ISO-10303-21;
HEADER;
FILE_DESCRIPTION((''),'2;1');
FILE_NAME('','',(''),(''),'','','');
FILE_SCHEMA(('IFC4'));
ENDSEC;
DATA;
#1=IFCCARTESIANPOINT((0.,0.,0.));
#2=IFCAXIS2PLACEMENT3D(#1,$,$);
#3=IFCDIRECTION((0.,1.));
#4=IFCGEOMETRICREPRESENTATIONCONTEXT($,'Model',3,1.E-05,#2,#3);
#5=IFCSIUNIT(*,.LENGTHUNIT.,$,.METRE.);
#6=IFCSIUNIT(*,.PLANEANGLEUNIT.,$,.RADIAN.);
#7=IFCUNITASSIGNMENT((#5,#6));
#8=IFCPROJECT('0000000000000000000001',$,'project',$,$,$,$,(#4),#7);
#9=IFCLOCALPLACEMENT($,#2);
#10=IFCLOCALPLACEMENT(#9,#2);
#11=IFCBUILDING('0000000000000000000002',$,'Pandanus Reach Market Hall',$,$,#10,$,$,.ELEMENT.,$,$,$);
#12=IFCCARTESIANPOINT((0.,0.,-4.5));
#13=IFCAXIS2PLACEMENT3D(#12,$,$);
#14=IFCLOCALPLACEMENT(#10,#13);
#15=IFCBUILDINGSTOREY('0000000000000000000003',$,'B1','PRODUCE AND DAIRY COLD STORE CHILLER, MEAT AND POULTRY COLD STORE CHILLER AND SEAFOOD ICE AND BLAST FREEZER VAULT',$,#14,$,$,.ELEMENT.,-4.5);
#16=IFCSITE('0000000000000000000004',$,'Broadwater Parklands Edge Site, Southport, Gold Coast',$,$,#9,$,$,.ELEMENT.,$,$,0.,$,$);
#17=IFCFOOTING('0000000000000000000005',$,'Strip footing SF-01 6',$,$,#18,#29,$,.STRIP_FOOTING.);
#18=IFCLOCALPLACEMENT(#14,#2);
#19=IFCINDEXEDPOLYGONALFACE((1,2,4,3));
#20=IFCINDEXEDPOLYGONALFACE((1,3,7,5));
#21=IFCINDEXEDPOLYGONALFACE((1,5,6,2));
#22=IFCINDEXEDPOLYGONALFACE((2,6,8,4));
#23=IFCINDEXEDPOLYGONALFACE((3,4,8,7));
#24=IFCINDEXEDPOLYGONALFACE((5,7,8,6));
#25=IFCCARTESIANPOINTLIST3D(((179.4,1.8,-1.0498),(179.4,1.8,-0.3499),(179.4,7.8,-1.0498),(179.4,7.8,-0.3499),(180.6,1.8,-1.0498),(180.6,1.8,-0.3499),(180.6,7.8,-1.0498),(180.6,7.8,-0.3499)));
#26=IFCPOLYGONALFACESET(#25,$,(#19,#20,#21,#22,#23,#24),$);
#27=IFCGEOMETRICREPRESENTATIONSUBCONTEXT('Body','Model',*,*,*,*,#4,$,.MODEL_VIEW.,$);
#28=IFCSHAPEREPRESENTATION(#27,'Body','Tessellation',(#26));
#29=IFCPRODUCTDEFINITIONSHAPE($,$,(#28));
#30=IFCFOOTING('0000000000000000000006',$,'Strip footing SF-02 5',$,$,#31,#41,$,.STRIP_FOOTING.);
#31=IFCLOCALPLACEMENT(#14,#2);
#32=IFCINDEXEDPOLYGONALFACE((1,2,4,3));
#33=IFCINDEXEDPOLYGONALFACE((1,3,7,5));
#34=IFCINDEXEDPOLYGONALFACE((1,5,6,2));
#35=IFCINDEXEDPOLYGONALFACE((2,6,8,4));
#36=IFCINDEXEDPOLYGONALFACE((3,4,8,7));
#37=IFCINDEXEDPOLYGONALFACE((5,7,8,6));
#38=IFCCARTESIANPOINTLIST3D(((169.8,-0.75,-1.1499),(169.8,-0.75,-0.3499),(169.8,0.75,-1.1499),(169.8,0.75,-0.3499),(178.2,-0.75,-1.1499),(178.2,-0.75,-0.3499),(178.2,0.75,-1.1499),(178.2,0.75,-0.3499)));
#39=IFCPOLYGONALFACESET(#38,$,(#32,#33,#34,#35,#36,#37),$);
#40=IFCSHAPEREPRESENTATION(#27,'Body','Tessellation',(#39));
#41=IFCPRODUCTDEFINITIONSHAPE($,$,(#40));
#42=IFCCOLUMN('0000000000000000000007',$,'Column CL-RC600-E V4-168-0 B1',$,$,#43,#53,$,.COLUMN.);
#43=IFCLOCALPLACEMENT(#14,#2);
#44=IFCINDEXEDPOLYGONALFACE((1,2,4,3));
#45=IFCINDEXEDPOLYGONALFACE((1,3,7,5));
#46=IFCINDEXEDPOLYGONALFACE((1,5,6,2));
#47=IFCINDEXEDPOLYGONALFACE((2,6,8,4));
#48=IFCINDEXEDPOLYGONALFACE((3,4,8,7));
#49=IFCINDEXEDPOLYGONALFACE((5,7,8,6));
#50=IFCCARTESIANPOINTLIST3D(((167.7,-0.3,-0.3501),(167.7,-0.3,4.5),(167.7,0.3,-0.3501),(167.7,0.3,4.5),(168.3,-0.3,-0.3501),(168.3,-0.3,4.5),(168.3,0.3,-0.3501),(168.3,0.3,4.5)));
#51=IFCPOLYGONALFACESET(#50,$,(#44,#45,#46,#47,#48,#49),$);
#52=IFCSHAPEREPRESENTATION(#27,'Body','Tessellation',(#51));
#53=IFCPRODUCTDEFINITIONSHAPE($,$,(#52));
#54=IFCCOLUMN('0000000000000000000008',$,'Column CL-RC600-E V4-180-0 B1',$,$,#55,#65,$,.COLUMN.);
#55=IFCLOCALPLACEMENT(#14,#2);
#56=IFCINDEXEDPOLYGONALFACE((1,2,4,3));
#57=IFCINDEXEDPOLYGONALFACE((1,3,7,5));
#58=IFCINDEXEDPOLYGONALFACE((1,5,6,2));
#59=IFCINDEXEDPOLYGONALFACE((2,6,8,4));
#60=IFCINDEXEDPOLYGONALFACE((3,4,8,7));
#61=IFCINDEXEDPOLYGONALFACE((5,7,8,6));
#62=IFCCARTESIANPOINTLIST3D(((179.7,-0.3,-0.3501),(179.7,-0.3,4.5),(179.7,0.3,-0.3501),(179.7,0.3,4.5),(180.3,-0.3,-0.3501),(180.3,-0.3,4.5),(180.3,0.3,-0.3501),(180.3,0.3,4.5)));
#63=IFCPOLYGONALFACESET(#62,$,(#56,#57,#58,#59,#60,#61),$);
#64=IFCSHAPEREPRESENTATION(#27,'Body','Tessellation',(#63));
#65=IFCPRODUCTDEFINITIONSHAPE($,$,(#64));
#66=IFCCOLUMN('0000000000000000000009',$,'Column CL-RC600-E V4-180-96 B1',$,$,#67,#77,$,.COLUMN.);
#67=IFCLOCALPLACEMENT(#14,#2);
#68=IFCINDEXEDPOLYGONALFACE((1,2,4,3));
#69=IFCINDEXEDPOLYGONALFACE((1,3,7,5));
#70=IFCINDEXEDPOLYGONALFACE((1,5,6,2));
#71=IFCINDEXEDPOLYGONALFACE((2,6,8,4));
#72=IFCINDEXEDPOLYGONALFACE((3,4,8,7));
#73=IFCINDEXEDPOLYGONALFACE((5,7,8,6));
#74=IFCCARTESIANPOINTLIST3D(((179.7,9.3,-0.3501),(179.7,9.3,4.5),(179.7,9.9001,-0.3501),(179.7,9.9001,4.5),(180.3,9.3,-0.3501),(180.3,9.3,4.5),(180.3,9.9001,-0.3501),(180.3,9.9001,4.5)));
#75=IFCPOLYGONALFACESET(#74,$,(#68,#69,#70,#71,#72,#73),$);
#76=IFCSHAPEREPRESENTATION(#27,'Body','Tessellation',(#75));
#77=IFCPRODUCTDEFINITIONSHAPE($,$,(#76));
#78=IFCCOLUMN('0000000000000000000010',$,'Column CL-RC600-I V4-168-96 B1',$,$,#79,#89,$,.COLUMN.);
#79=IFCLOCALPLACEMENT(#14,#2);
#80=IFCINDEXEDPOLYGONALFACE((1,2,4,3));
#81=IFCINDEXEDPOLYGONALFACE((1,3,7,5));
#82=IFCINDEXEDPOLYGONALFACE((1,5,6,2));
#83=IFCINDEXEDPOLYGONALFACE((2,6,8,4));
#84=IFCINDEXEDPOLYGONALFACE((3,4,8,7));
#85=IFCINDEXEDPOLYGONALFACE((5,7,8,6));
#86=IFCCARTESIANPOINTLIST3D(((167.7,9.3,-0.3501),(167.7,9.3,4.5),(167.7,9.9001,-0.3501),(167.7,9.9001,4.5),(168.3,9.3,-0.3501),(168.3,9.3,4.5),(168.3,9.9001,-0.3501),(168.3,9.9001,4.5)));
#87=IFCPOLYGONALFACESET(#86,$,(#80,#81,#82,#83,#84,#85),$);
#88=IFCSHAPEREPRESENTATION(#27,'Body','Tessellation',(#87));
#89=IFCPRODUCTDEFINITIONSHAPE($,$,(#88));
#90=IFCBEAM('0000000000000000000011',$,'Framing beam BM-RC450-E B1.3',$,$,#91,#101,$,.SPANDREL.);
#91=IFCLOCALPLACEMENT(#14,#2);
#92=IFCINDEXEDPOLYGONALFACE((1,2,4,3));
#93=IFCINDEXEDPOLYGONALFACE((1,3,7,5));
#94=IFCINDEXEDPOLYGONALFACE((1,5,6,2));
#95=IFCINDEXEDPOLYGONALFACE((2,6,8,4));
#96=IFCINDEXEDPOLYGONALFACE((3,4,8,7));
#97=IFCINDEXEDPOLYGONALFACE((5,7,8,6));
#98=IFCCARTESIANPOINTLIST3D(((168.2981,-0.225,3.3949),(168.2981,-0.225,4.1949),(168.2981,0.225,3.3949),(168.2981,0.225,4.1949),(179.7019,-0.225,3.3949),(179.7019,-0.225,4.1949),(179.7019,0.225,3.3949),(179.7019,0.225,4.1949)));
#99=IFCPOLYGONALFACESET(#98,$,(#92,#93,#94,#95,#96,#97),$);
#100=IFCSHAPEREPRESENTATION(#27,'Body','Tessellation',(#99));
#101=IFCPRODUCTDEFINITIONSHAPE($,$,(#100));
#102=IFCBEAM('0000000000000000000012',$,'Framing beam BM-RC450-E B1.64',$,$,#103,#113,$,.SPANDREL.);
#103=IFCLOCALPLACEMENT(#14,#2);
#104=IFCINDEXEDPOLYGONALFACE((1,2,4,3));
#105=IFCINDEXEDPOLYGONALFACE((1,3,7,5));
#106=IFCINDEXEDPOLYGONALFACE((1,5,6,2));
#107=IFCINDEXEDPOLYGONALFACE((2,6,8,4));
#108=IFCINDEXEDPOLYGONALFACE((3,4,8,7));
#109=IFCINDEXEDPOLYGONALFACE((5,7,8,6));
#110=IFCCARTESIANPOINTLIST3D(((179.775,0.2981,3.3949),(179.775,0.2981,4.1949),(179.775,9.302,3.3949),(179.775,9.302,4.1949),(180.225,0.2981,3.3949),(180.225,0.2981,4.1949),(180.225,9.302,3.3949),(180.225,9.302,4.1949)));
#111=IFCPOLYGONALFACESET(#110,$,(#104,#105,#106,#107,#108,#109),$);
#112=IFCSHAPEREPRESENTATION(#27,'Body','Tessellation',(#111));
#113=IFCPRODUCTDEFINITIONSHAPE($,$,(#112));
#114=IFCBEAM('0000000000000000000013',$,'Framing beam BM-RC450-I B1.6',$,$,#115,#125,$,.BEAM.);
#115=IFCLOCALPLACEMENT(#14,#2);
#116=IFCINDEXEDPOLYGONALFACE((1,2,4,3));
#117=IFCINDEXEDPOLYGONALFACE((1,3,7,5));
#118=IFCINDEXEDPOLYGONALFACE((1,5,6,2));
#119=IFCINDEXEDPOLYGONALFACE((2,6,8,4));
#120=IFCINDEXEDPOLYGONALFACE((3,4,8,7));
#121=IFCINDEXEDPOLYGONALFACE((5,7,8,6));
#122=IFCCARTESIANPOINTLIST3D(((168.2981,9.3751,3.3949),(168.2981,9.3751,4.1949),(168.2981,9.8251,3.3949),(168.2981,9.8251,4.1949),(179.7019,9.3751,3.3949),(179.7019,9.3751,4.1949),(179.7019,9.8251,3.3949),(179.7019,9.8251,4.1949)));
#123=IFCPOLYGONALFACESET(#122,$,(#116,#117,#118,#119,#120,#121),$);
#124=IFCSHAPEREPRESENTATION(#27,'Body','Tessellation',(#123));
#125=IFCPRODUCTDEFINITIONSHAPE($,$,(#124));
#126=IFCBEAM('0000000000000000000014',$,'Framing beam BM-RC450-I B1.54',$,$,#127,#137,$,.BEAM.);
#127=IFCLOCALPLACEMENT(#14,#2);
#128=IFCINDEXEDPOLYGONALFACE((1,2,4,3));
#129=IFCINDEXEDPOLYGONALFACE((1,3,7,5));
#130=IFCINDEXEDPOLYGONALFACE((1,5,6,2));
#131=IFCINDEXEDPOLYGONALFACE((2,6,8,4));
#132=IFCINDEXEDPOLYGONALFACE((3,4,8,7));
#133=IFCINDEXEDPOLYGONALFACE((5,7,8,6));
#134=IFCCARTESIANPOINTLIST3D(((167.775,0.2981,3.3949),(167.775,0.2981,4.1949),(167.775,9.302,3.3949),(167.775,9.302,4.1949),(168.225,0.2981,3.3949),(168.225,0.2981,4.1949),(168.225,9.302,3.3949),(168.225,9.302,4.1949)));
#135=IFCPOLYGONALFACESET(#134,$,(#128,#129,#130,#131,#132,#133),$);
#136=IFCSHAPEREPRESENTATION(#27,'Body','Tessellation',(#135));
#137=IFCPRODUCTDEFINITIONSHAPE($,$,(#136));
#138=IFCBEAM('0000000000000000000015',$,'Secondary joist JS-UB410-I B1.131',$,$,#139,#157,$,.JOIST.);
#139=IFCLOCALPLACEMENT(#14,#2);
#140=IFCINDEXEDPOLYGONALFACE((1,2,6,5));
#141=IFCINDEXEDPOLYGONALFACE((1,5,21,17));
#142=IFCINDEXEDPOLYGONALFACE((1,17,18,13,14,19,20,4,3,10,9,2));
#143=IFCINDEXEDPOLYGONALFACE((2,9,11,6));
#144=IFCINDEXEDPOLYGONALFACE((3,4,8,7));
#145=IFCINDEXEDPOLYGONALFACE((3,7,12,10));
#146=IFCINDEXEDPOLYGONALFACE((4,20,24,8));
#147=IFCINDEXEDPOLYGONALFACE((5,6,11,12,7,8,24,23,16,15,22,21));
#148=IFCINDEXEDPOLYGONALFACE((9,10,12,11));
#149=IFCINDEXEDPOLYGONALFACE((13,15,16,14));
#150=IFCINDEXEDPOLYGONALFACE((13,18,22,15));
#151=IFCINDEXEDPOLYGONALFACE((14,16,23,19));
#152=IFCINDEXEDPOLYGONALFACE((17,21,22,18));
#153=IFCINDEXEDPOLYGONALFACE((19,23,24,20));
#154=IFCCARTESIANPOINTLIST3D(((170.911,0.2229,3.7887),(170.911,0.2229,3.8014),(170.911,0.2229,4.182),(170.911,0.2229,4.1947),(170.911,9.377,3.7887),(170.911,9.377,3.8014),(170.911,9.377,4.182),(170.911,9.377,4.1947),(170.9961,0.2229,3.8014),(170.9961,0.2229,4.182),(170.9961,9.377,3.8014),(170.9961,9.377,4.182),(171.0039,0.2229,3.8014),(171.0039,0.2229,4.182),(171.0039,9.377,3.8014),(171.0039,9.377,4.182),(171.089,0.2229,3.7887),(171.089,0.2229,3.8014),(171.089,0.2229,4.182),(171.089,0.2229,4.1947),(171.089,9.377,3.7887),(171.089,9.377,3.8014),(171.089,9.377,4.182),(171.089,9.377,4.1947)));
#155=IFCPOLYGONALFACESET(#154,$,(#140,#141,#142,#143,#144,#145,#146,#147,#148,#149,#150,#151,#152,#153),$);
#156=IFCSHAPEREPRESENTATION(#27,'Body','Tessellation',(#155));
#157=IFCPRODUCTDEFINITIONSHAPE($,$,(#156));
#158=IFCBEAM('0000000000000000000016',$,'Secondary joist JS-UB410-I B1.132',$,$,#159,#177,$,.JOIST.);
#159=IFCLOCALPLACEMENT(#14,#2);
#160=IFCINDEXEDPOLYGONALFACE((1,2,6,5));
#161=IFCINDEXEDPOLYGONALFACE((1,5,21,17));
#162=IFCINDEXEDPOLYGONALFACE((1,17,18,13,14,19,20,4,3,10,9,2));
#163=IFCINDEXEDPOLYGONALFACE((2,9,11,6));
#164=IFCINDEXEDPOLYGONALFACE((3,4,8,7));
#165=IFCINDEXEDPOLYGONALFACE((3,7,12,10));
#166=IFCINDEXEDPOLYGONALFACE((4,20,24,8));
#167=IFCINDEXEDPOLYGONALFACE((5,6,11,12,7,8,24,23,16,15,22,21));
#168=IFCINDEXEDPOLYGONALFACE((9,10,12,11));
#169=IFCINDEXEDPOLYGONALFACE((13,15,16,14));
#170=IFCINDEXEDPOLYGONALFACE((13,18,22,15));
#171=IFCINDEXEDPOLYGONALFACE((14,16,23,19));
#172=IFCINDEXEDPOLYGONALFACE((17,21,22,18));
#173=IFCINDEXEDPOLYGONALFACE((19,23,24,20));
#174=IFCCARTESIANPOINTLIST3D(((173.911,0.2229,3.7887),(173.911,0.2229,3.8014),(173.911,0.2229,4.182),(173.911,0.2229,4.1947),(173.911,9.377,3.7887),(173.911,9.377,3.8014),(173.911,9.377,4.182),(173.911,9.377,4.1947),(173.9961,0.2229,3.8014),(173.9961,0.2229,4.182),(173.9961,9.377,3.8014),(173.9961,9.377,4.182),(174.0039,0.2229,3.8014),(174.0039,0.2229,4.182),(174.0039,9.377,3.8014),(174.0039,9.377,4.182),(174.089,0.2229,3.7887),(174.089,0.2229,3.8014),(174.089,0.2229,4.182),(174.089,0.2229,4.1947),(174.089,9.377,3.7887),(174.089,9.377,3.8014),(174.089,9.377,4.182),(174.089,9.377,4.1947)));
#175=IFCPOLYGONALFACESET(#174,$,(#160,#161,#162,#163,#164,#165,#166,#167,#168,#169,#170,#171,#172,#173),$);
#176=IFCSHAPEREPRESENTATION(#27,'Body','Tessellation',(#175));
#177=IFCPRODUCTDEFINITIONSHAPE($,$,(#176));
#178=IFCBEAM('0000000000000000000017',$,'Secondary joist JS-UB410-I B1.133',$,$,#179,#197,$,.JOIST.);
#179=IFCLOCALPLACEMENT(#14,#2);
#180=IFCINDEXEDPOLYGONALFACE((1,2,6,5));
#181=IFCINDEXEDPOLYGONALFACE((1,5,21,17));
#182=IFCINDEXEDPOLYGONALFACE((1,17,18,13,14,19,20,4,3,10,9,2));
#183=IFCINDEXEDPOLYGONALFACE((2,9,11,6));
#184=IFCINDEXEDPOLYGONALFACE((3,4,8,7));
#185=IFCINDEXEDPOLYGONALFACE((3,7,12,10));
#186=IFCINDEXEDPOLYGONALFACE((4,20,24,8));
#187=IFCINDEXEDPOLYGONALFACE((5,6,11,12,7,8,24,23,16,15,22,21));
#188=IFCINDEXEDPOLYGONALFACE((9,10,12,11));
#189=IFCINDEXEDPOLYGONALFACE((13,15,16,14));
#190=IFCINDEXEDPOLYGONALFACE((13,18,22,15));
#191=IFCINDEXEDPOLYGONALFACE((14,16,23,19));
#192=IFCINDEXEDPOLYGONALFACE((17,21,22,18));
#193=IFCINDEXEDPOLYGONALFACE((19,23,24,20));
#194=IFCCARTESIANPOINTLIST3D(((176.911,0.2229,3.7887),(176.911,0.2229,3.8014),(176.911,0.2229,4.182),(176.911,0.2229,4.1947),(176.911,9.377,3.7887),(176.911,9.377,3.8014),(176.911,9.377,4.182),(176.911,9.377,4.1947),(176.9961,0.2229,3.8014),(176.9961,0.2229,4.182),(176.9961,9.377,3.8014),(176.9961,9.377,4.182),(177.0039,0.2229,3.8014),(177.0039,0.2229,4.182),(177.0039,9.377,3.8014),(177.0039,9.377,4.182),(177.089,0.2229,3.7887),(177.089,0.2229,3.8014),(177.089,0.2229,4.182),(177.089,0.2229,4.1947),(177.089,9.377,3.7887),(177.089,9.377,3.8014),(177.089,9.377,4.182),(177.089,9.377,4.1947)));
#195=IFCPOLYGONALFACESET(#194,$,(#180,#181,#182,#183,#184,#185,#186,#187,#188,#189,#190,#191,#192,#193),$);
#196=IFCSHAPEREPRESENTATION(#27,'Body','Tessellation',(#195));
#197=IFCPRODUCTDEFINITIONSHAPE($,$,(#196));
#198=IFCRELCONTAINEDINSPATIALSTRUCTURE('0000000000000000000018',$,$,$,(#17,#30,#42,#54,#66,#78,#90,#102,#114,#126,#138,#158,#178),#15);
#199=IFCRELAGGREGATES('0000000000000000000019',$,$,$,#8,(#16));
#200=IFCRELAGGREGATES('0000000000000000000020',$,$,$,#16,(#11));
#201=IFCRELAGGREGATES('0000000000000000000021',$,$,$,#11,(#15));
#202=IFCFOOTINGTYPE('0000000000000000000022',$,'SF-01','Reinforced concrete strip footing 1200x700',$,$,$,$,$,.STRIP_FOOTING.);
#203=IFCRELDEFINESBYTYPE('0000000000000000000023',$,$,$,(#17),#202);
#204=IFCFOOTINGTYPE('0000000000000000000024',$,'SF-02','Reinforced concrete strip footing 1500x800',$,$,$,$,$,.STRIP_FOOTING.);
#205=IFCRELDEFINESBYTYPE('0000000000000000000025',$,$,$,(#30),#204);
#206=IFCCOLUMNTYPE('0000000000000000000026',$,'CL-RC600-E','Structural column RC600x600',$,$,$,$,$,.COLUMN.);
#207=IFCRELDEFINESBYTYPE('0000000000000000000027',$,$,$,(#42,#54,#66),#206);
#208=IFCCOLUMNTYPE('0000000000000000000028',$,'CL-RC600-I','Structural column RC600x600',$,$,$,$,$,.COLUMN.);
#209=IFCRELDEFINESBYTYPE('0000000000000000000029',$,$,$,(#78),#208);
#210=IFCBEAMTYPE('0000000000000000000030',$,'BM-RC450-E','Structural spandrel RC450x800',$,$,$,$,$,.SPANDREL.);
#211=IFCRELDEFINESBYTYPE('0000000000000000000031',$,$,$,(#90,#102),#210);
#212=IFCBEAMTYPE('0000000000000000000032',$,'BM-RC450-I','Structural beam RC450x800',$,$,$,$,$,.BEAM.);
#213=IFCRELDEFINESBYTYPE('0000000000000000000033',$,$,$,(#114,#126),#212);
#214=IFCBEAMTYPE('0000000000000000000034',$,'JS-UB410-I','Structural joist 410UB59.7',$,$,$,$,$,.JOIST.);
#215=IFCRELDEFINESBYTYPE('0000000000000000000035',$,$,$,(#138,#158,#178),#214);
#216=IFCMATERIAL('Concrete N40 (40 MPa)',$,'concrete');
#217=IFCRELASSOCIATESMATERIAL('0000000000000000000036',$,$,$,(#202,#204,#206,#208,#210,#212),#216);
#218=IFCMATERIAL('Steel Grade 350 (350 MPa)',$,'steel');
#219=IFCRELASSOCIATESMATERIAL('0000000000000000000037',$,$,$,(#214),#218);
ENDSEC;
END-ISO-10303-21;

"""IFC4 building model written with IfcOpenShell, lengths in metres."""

from ifc_helpers import new_model, si_unit, direction, frame, origin, origin_2d, place, context, subcontext, project, spatial, rectangle, i_section, extrude, material, material_profile, profile_set, type_object, element, save


model = new_model("IFC4")

# Units and contexts
model_context = context("Model", 3, precision=1e-05, world=origin(), true_north=direction((0.0, 1.0)))
body_context = subcontext(model_context, "Body", "Model", "MODEL_VIEW")
ifc_project = project(units=[si_unit("LENGTHUNIT", "METRE"), si_unit("PLANEANGLEUNIT", "RADIAN")], contexts=[model_context])

# Site, building, storey
site_placement = place(None, origin())
site = spatial("IfcSite", under=ifc_project, at=site_placement, Name="Broadwater Parklands Edge Site, Southport, Gold Coast", CompositionType="ELEMENT", RefElevation=0.0)
building_placement = place(site_placement, origin())
building = spatial("IfcBuilding", under=site, at=building_placement, Name="Pandanus Reach Market Hall", CompositionType="ELEMENT")
storey_placement = place(building_placement, frame((0.0, 0.0, -4.5)))
storey = spatial("IfcBuildingStorey", under=building, at=storey_placement, Name="B1", Description="PRODUCE AND DAIRY COLD STORE CHILLER, MEAT AND POULTRY COLD STORE CHILLER AND SEAFOOD ICE AND BLAST FREEZER VAULT", CompositionType="ELEMENT", Elevation=-4.5)

# Shared definitions
ifc_material_1 = material(Name="Concrete N40 (40 MPa)", Category="concrete")

# Footings
footing_type_1 = type_object("IfcFootingType", Name="SF-01", Description="Reinforced concrete strip footing 1200x700", PredefinedType="STRIP_FOOTING", material=ifc_material_1)
footing_1_placement = place(storey_placement, frame((180.0, 4.8, -1.0498), z_axis=(0.0, 0.0, 1.0), x_axis=(1.0, 0.0, 0.0)))
element("IfcFooting", 1, at=footing_1_placement, inside=storey, type_object=footing_type_1, Name="Strip footing SF-01 6", PredefinedType="STRIP_FOOTING", context=body_context, shape_type="SweptSolid", body=[
    extrude(rectangle(XDim=1.2, YDim=6.0, at=origin_2d()), origin(), (0.0, 0.0, 1.0), 0.7),
])
footing_type_2 = type_object("IfcFootingType", Name="SF-02", Description="Reinforced concrete strip footing 1500x800", PredefinedType="STRIP_FOOTING", material=ifc_material_1)
footing_2_placement = place(storey_placement, frame((174.0, 0.0, -1.1499), z_axis=(0.0, 0.0, 1.0), x_axis=(1.0, 0.0, 0.0)))
element("IfcFooting", 2, at=footing_2_placement, inside=storey, type_object=footing_type_2, Name="Strip footing SF-02 5", PredefinedType="STRIP_FOOTING", context=body_context, shape_type="SweptSolid", body=[
    extrude(rectangle(XDim=8.3999, YDim=1.5, at=origin_2d()), origin(), (0.0, 0.0, 1.0), 0.8),
])

# Columns
ifc_material_profile_1 = material_profile(ifc_material_1, rectangle(XDim=0.6001, YDim=0.6001, at=origin_2d()), Name="RC600x600", Category="LoadBearing")
ifc_profile_set_1 = profile_set([ifc_material_profile_1], Name="Concrete N40 (40 MPa)")
column_type_1 = type_object("IfcColumnType", Name="CL-RC600-E", Description="Structural column RC600x600", PredefinedType="COLUMN", material=ifc_profile_set_1)
for number, where, z_axis, x_axis, name in (
    (3, (168.0, 0.0, -0.3501), (0.0, 0.0, 1.0), (1.0, 0.0, 0.0), "Column CL-RC600-E V4-168-0 B1"),
    (4, (180.0, 0.0, -0.3501), (0.0, 0.0, 1.0), (1.0, 0.0, 0.0), "Column CL-RC600-E V4-180-0 B1"),
    (5, (180.0, 9.6001, -0.3501), (0.0, 0.0, 1.0), (1.0, 0.0, 0.0), "Column CL-RC600-E V4-180-96 B1"),
):
    element("IfcColumn", number, at=place(storey_placement, frame(where, z_axis=z_axis, x_axis=x_axis)), inside=storey, type_object=column_type_1, Name=name, PredefinedType="COLUMN", context=body_context, shape_type="SweptSolid", body=[
        extrude(rectangle(XDim=0.6001, YDim=0.6001, at=origin_2d()), origin(), (0.0, 0.0, 1.0), 4.8501),
    ])
ifc_material_profile_2 = material_profile(ifc_material_1, rectangle(XDim=0.6001, YDim=0.6001, at=origin_2d()), Name="RC600x600", Category="LoadBearing")
ifc_profile_set_2 = profile_set([ifc_material_profile_2], Name="Concrete N40 (40 MPa)")
column_type_2 = type_object("IfcColumnType", Name="CL-RC600-I", Description="Structural column RC600x600", PredefinedType="COLUMN", material=ifc_profile_set_2)
column_placement = place(storey_placement, frame((168.0, 9.6001, -0.3501), z_axis=(0.0, 0.0, 1.0), x_axis=(1.0, 0.0, 0.0)))
element("IfcColumn", 6, at=column_placement, inside=storey, type_object=column_type_2, Name="Column CL-RC600-I V4-168-96 B1", PredefinedType="COLUMN", context=body_context, shape_type="SweptSolid", body=[
    extrude(rectangle(XDim=0.6001, YDim=0.6001, at=origin_2d()), origin(), (0.0, 0.0, 1.0), 4.8501),
])

# Beams
ifc_material_profile_3 = material_profile(ifc_material_1, rectangle(XDim=0.45, YDim=0.8, at=origin_2d()), Name="RC450x800", Category="LoadBearing")
ifc_profile_set_3 = profile_set([ifc_material_profile_3], Name="Concrete N40 (40 MPa)")
beam_type_1 = type_object("IfcBeamType", Name="BM-RC450-E", Description="Structural spandrel RC450x800", PredefinedType="SPANDREL", material=ifc_profile_set_3)
beam_1_placement = place(storey_placement, frame((168.2981, 0.0, 3.7949), z_axis=(1.0, 0.0, 0.0), x_axis=(0.0, 1.0, 0.0)))
element("IfcBeam", 7, at=beam_1_placement, inside=storey, type_object=beam_type_1, Name="Framing beam BM-RC450-E B1.3", PredefinedType="SPANDREL", context=body_context, shape_type="SweptSolid", body=[
    extrude(rectangle(XDim=0.45, YDim=0.8, at=origin_2d()), origin(), (0.0, 0.0, 1.0), 11.4038),
])
beam_2_placement = place(storey_placement, frame((180.0, 0.2981, 3.7949), z_axis=(0.0, 1.0, 0.0), x_axis=(-1.0, 0.0, 0.0)))
element("IfcBeam", 8, at=beam_2_placement, inside=storey, type_object=beam_type_1, Name="Framing beam BM-RC450-E B1.64", PredefinedType="SPANDREL", context=body_context, shape_type="SweptSolid", body=[
    extrude(rectangle(XDim=0.45, YDim=0.8, at=origin_2d()), origin(), (0.0, 0.0, 1.0), 9.0039),
])
ifc_material_profile_4 = material_profile(ifc_material_1, rectangle(XDim=0.45, YDim=0.8, at=origin_2d()), Name="RC450x800", Category="LoadBearing")
ifc_profile_set_4 = profile_set([ifc_material_profile_4], Name="Concrete N40 (40 MPa)")
beam_type_2 = type_object("IfcBeamType", Name="BM-RC450-I", Description="Structural beam RC450x800", PredefinedType="BEAM", material=ifc_profile_set_4)
beam_3_placement = place(storey_placement, frame((168.2981, 9.6001, 3.7949), z_axis=(1.0, 0.0, 0.0), x_axis=(0.0, 1.0, 0.0)))
element("IfcBeam", 9, at=beam_3_placement, inside=storey, type_object=beam_type_2, Name="Framing beam BM-RC450-I B1.6", PredefinedType="BEAM", context=body_context, shape_type="SweptSolid", body=[
    extrude(rectangle(XDim=0.45, YDim=0.8, at=origin_2d()), origin(), (0.0, 0.0, 1.0), 11.4038),
])
beam_4_placement = place(storey_placement, frame((168.0, 0.2981, 3.7949), z_axis=(0.0, 1.0, 0.0), x_axis=(-1.0, 0.0, 0.0)))
element("IfcBeam", 10, at=beam_4_placement, inside=storey, type_object=beam_type_2, Name="Framing beam BM-RC450-I B1.54", PredefinedType="BEAM", context=body_context, shape_type="SweptSolid", body=[
    extrude(rectangle(XDim=0.45, YDim=0.8, at=origin_2d()), origin(), (0.0, 0.0, 1.0), 9.0039),
])
ifc_material_2 = material(Name="Steel Grade 350 (350 MPa)", Category="steel")
ifc_material_profile_5 = material_profile(ifc_material_2, i_section(OverallWidth=0.178, OverallDepth=0.406, WebThickness=0.0078, FlangeThickness=0.0127, at=origin_2d()), Name="410UB59.7", Category="LoadBearing")
ifc_profile_set_5 = profile_set([ifc_material_profile_5], Name="Steel Grade 350 (350 MPa)")
beam_type_3 = type_object("IfcBeamType", Name="JS-UB410-I", Description="Structural joist 410UB59.7", PredefinedType="JOIST", material=ifc_profile_set_5)
for number, where, z_axis, x_axis, name in (
    (11, (171.0, 0.2229, 3.9917), (0.0, 1.0, 0.0), (-1.0, 0.0, 0.0), "Secondary joist JS-UB410-I B1.131"),
    (12, (174.0, 0.2229, 3.9917), (0.0, 1.0, 0.0), (-1.0, 0.0, 0.0), "Secondary joist JS-UB410-I B1.132"),
    (13, (177.0, 0.2229, 3.9917), (0.0, 1.0, 0.0), (-1.0, 0.0, 0.0), "Secondary joist JS-UB410-I B1.133"),
):
    element("IfcBeam", number, at=place(storey_placement, frame(where, z_axis=z_axis, x_axis=x_axis)), inside=storey, type_object=beam_type_3, Name=name, PredefinedType="JOIST", context=body_context, shape_type="SweptSolid", body=[
        extrude(i_section(OverallWidth=0.178, OverallDepth=0.406, WebThickness=0.0078, FlangeThickness=0.0127, at=origin_2d()), origin(), (0.0, 0.0, 1.0), 9.1541),
    ])

save(model, "model.ifc")
